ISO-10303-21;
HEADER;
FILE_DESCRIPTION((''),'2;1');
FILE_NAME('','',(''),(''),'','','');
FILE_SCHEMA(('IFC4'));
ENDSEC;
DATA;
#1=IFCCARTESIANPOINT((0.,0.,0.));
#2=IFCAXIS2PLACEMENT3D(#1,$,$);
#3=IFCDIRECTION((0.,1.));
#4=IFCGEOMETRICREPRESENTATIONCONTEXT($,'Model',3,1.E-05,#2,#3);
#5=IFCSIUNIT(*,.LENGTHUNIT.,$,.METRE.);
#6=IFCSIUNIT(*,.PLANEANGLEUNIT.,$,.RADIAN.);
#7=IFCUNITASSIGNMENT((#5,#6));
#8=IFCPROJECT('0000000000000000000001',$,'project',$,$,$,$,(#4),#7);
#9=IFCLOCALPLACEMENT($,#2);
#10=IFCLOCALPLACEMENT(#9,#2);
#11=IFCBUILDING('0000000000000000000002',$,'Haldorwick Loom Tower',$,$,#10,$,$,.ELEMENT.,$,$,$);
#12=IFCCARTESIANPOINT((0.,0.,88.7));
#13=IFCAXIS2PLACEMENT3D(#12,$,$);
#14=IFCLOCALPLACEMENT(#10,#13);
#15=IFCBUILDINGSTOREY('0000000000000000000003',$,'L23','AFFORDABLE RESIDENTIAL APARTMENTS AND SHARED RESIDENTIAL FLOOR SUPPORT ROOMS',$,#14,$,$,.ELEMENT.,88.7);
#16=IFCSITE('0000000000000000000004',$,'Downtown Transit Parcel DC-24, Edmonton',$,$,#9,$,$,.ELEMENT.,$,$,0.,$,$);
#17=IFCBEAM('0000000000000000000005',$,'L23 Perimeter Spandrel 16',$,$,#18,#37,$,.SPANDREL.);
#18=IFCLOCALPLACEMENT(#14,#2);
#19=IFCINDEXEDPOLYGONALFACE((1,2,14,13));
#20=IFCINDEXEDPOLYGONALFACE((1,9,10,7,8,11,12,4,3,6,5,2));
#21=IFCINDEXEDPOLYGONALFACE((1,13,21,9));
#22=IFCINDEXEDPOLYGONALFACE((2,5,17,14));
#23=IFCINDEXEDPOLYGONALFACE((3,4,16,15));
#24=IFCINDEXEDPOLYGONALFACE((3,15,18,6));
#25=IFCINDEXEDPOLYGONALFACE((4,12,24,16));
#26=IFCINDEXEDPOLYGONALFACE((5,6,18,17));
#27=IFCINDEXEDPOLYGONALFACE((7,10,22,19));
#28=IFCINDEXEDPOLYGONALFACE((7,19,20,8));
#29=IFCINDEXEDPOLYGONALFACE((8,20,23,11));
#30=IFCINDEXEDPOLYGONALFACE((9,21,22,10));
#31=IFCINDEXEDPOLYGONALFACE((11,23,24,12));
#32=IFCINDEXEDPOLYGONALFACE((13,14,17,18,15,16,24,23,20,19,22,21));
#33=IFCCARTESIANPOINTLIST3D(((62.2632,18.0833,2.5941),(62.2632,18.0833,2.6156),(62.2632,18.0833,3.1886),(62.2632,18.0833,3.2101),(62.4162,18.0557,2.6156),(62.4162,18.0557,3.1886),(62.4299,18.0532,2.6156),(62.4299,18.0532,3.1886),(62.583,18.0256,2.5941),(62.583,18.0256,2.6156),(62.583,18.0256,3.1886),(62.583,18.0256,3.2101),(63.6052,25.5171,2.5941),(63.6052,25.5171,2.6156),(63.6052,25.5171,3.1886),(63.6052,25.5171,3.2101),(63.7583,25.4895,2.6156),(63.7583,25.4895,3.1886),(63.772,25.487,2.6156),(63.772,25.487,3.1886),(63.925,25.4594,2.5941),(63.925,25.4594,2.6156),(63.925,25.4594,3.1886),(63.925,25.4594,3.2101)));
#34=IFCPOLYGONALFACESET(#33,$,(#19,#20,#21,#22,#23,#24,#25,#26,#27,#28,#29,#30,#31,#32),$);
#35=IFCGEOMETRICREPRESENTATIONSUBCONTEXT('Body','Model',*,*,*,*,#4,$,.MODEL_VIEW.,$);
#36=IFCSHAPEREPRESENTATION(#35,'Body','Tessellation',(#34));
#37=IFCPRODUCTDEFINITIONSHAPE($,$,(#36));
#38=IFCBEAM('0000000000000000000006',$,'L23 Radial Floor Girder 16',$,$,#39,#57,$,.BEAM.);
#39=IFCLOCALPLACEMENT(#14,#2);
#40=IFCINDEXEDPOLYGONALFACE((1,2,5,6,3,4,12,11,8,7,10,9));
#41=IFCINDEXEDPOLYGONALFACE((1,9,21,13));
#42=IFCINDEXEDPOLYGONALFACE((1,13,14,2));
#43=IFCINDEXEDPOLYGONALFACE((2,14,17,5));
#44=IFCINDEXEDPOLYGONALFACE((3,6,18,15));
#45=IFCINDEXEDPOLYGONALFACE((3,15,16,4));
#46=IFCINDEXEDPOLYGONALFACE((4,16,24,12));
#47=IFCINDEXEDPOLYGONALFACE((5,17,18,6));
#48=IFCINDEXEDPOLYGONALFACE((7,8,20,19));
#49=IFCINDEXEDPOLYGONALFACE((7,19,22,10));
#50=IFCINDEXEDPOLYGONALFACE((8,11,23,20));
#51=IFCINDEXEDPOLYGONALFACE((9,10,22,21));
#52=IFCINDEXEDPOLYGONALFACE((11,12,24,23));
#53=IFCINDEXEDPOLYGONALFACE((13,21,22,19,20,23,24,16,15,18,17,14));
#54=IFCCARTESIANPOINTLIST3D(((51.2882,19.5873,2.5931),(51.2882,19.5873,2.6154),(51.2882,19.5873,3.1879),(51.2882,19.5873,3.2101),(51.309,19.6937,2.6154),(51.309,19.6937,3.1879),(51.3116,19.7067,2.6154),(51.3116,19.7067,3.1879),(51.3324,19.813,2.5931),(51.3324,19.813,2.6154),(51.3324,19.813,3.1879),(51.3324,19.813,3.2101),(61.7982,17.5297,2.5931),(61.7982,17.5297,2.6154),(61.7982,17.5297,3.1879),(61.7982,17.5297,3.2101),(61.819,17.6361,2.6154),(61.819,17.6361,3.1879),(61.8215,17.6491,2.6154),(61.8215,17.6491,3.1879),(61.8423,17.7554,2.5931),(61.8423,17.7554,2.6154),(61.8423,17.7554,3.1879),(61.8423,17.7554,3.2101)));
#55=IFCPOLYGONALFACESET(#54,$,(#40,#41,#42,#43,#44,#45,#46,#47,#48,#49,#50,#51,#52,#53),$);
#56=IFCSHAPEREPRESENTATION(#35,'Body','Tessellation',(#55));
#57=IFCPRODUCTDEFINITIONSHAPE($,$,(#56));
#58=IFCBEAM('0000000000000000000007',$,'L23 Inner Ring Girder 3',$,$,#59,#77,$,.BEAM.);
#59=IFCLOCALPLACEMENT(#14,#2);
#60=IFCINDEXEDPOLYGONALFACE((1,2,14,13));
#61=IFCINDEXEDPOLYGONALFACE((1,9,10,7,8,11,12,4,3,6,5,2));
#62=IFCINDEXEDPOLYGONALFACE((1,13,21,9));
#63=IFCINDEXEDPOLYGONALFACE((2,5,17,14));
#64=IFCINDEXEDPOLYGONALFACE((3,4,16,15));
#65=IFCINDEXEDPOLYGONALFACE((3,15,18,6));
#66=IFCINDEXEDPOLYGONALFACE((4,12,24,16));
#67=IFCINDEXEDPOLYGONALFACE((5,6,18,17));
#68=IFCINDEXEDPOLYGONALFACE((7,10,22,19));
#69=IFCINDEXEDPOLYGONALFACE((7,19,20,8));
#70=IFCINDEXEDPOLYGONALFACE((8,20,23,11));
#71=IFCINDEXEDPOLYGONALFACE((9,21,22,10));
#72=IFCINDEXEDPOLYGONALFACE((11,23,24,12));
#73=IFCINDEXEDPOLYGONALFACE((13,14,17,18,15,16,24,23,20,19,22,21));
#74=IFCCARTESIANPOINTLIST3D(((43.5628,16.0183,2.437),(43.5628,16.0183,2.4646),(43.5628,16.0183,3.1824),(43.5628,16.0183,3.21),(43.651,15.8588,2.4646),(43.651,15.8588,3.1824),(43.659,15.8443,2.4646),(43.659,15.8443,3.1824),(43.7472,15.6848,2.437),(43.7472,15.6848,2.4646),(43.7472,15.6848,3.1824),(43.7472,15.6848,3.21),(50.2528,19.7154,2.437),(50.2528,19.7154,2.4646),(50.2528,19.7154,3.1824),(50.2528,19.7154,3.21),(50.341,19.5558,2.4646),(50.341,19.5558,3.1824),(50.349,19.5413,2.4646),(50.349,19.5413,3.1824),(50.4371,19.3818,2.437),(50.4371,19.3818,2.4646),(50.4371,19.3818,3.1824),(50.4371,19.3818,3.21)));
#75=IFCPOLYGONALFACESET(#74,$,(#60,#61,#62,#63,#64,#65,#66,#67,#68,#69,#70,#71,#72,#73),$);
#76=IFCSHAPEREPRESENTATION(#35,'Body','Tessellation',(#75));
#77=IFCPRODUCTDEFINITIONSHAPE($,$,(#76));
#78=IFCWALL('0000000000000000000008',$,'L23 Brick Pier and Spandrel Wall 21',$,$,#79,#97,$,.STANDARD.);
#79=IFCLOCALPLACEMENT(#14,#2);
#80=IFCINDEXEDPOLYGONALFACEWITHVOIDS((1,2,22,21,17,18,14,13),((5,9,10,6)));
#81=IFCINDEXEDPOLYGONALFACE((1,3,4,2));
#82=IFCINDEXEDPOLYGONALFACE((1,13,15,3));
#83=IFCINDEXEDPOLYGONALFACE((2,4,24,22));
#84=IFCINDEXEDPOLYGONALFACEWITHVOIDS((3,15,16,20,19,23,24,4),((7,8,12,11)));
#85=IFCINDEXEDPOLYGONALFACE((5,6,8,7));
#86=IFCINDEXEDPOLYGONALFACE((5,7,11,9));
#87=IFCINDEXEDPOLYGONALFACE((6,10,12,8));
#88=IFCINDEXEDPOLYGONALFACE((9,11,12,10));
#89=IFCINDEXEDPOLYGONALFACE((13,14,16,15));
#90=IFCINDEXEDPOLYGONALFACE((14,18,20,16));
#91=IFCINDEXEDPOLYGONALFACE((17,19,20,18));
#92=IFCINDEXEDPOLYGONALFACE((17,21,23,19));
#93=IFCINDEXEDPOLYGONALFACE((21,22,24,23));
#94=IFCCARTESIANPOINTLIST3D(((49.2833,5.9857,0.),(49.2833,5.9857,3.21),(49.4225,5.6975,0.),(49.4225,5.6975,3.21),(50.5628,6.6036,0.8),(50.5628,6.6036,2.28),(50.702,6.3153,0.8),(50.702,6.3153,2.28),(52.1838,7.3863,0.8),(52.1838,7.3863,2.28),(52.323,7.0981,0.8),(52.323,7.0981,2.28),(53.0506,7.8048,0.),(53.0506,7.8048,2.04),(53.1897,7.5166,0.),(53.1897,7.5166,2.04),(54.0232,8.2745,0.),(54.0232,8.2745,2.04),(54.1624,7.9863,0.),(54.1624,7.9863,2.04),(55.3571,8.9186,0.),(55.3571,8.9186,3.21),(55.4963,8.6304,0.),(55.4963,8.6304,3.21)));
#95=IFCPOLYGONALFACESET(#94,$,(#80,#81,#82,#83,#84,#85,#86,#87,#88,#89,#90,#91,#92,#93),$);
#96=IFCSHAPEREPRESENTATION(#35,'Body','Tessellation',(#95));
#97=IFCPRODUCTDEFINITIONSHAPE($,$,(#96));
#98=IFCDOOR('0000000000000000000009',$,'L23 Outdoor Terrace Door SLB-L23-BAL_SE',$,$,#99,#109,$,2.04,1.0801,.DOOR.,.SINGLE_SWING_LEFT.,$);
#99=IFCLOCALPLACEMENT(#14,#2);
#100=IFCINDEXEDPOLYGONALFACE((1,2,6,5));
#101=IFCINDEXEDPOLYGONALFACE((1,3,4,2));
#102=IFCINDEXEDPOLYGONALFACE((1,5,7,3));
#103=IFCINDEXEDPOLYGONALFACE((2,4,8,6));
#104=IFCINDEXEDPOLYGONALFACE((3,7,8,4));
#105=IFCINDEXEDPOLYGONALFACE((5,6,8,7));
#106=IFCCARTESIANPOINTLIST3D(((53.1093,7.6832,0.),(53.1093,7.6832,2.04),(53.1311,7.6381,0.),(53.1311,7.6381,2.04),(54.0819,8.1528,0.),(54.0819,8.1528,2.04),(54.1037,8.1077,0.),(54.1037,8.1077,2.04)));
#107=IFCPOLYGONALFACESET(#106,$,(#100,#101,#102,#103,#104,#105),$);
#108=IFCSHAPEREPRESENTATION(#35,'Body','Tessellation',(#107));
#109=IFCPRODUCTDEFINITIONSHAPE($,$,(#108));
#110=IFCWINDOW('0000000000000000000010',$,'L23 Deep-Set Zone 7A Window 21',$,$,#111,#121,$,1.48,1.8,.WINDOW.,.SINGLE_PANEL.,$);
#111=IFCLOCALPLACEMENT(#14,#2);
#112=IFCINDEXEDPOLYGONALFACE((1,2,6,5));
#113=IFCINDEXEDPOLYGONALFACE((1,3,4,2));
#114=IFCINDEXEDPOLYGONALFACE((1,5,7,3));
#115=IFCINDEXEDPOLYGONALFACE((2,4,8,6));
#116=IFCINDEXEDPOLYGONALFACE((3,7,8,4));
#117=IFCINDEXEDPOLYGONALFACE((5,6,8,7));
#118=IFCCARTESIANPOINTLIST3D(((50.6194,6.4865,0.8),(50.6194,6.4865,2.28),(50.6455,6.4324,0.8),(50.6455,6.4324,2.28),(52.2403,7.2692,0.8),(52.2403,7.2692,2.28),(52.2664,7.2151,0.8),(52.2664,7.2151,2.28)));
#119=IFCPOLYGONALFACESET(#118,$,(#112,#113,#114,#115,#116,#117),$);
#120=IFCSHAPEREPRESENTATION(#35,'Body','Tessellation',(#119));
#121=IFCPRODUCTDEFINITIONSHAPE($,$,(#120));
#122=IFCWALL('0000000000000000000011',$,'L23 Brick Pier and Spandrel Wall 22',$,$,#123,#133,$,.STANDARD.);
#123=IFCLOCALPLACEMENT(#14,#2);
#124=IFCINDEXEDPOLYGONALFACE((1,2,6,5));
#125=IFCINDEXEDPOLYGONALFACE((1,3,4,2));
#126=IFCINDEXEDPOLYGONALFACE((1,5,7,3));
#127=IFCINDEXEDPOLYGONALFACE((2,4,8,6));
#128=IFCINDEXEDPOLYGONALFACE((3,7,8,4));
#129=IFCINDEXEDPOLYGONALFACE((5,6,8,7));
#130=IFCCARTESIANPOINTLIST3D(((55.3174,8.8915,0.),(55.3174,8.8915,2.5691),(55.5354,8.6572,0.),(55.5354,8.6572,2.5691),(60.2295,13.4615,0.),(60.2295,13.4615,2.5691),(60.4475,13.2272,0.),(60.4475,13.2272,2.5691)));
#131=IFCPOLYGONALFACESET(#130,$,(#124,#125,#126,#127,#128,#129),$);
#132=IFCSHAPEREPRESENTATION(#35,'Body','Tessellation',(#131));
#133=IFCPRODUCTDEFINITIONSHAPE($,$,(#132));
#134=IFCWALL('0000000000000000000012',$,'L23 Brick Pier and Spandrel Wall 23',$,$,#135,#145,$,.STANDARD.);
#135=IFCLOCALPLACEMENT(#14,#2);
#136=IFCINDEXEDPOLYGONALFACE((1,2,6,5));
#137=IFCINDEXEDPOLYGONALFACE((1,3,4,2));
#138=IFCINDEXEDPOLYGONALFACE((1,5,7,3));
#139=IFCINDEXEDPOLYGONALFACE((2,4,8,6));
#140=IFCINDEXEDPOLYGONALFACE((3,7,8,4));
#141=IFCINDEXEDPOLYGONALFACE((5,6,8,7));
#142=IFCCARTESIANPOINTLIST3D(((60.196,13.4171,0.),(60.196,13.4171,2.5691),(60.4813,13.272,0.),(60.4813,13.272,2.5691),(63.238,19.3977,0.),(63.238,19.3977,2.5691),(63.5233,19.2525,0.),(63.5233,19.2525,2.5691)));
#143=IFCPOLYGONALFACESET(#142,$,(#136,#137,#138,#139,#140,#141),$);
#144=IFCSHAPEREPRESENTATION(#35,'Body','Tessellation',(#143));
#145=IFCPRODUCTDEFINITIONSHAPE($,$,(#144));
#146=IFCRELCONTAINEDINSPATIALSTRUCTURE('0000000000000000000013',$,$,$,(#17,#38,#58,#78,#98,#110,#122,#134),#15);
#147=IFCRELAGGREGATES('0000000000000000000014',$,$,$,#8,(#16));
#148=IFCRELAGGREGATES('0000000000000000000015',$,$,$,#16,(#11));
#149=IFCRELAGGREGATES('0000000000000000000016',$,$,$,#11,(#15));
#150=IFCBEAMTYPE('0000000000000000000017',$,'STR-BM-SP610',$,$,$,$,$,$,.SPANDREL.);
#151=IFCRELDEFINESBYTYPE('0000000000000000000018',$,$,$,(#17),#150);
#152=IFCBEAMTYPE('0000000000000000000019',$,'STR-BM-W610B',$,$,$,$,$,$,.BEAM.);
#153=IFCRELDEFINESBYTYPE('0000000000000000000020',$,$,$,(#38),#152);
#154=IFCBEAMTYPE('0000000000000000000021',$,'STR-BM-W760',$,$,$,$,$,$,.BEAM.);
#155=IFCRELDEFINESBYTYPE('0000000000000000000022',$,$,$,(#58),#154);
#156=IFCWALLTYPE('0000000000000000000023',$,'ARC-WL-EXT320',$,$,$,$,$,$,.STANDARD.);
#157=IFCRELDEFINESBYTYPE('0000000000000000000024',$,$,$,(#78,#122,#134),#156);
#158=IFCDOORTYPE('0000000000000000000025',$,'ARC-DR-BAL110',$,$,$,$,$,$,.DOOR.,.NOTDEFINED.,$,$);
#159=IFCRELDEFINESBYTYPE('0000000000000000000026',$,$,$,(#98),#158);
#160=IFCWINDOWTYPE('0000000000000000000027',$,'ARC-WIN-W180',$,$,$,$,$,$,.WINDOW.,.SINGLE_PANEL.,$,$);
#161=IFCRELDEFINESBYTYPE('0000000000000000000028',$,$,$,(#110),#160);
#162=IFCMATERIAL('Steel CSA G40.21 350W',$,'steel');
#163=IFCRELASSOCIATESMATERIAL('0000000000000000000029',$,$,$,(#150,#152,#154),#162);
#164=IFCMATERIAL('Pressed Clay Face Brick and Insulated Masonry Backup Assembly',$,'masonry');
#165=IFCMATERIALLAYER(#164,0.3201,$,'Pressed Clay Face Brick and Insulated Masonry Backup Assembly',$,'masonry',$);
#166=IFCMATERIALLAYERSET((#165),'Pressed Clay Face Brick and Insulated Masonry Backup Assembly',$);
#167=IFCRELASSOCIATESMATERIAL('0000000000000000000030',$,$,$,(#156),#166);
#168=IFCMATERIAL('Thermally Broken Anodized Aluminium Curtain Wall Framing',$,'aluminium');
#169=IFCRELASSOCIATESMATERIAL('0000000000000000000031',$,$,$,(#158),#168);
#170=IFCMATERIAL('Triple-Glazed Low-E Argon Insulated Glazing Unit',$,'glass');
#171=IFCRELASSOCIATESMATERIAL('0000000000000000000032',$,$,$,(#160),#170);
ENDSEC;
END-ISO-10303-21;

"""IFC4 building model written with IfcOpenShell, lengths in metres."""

from ifc_helpers import new_model, si_unit, direction, frame, frame_2d, origin, origin_2d, place, context, subcontext, project, spatial, rectangle, i_section, extrude, material, layer, layer_set, material_profile, profile_set, type_object, element, fill, save


model = new_model("IFC4")

# Units and contexts
model_context = context("Model", 3, precision=1e-05, world=origin(), true_north=direction((0.0, 1.0)))
body_context = subcontext(model_context, "Body", "Model", "MODEL_VIEW")
ifc_project = project(units=[si_unit("LENGTHUNIT", "METRE"), si_unit("PLANEANGLEUNIT", "RADIAN")], contexts=[model_context])

# Site, building, storey
site_placement = place(None, origin())
site = spatial("IfcSite", under=ifc_project, at=site_placement, Name="Downtown Transit Parcel DC-24, Edmonton", CompositionType="ELEMENT", RefElevation=0.0)
building_placement = place(site_placement, origin())
building = spatial("IfcBuilding", under=site, at=building_placement, Name="Haldorwick Loom Tower", CompositionType="ELEMENT")
storey_placement = place(building_placement, frame((0.0, 0.0, 88.7)))
storey = spatial("IfcBuildingStorey", under=building, at=storey_placement, Name="L23", Description="AFFORDABLE RESIDENTIAL APARTMENTS AND SHARED RESIDENTIAL FLOOR SUPPORT ROOMS", CompositionType="ELEMENT", Elevation=88.7)

# Beams
ifc_material_1 = material(Name="Steel CSA G40.21 350W", Category="steel")
ifc_material_profile_1 = material_profile(ifc_material_1, i_section(OverallWidth=0.325, OverallDepth=0.616, WebThickness=0.0139, FlangeThickness=0.0215, at=origin_2d()), Name="W610X174", Category="steel")
ifc_profile_set_1 = profile_set([ifc_material_profile_1], Name="Steel CSA G40.21 350W")
beam_type_1 = type_object("IfcBeamType", Name="STR-BM-SP610", PredefinedType="SPANDREL", material=ifc_profile_set_1)
beam_1_placement = place(storey_placement, frame((62.4231, 18.0544, 2.9021), z_axis=(0.177659, 0.984092, 0.0), x_axis=(-0.984092, 0.177659, 0.0)))
element("IfcBeam", 1, at=beam_1_placement, inside=storey, type_object=beam_type_1, Name="L23 Perimeter Spandrel 16", PredefinedType="SPANDREL", context=body_context, shape_type="SweptSolid", body=[
    extrude(i_section(OverallWidth=0.325, OverallDepth=0.616, WebThickness=0.0139, FlangeThickness=0.0215, at=origin_2d()), origin(), (0.0, 0.0, 1.0), 7.554),
])
ifc_material_profile_2 = material_profile(ifc_material_1, i_section(OverallWidth=0.23, OverallDepth=0.6169, WebThickness=0.0132, FlangeThickness=0.0222, at=origin_2d()), Name="W610X140", Category="steel")
ifc_profile_set_2 = profile_set([ifc_material_profile_2], Name="Steel CSA G40.21 350W")
beam_type_2 = type_object("IfcBeamType", Name="STR-BM-W610B", PredefinedType="BEAM", material=ifc_profile_set_2)
beam_2_placement = place(storey_placement, frame((51.3103, 19.7002, 2.9016), z_axis=(0.98137, -0.192129, 0.0), x_axis=(0.192129, 0.98137, 0.0)))
element("IfcBeam", 2, at=beam_2_placement, inside=storey, type_object=beam_type_2, Name="L23 Radial Floor Girder 16", PredefinedType="BEAM", context=body_context, shape_type="SweptSolid", body=[
    extrude(i_section(OverallWidth=0.23, OverallDepth=0.6169, WebThickness=0.0132, FlangeThickness=0.0222, at=origin_2d()), origin(), (0.0, 0.0, 1.0), 10.7095),
])
ifc_material_profile_3 = material_profile(ifc_material_1, i_section(OverallWidth=0.3811, OverallDepth=0.7729, WebThickness=0.0166, FlangeThickness=0.0276, at=origin_2d()), Name="W760X257", Category="steel")
ifc_profile_set_3 = profile_set([ifc_material_profile_3], Name="Steel CSA G40.21 350W")
beam_type_3 = type_object("IfcBeamType", Name="STR-BM-W760", PredefinedType="BEAM", material=ifc_profile_set_3)
beam_3_placement = place(storey_placement, frame((50.345, 19.5486, 2.8235), z_axis=(-0.875244, -0.483681, 0.0), x_axis=(0.483681, -0.875244, 0.0)))
element("IfcBeam", 3, at=beam_3_placement, inside=storey, type_object=beam_type_3, Name="L23 Inner Ring Girder 3", PredefinedType="BEAM", context=body_context, shape_type="SweptSolid", body=[
    extrude(i_section(OverallWidth=0.3811, OverallDepth=0.7729, WebThickness=0.0166, FlangeThickness=0.0276, at=origin_2d()), origin(), (0.0, 0.0, 1.0), 7.6436),
])

# Wall, openings, door, window
ifc_material_2 = material(Name="Pressed Clay Face Brick and Insulated Masonry Backup Assembly", Category="masonry")
ifc_layer_1 = layer(ifc_material_2, 0.3201, Name="Pressed Clay Face Brick and Insulated Masonry Backup Assembly", Category="masonry")
ifc_layer_set_1 = layer_set([ifc_layer_1], Name="Pressed Clay Face Brick and Insulated Masonry Backup Assembly")
wall_type_1 = type_object("IfcWallType", Name="ARC-WL-EXT320", PredefinedType="STANDARD", material=ifc_layer_set_1)
wall_1_placement = place(storey_placement, frame((49.3528, 5.8416, 0.0), z_axis=(0.0, 0.0, 1.0), x_axis=(0.90051, 0.434835, 0.0)))
wall_1 = element("IfcWall", 4, at=wall_1_placement, inside=storey, type_object=wall_type_1, Name="L23 Brick Pier and Spandrel Wall 21", PredefinedType="STANDARD", context=body_context, shape_type="SweptSolid", body=[
    extrude(rectangle(XDim=6.7449, YDim=0.3201, at=frame_2d((3.3726, 0.0))), origin(), (0.0, 0.0, 1.0), 3.21),
])
opening_1_placement = place(wall_1_placement, frame((4.1836, 0.0, 0.0)))
opening_1 = element("IfcOpeningElement", 5, at=opening_1_placement, cuts=wall_1, PredefinedType="OPENING", context=body_context, shape_type="SweptSolid", body=[
    extrude(rectangle(XDim=1.0801, YDim=2.04, at=frame_2d((0.54, 1.02))), frame((0.0, 0.1699, 0.0), z_axis=(0.0, -1.0, 0.0), x_axis=(1.0, 0.0, 0.0)), (0.0, 0.0, 1.0), 0.3401),
])
opening_2_placement = place(wall_1_placement, frame((1.4211, 0.0, 0.8)))
opening_2 = element("IfcOpeningElement", 6, at=opening_2_placement, cuts=wall_1, PredefinedType="OPENING", context=body_context, shape_type="SweptSolid", body=[
    extrude(rectangle(XDim=1.8, YDim=1.48, at=frame_2d((0.8999, 0.74))), frame((0.0, 0.1699, 0.0), z_axis=(0.0, -1.0, 0.0), x_axis=(1.0, 0.0, 0.0)), (0.0, 0.0, 1.0), 0.3401),
])
ifc_material_3 = material(Name="Thermally Broken Anodized Aluminium Curtain Wall Framing", Category="aluminium")
door_type_1 = type_object("IfcDoorType", Name="ARC-DR-BAL110", OperationType="NOTDEFINED", PredefinedType="DOOR", material=ifc_material_3)
door_1_placement = place(opening_1_placement, origin())
door_1 = element("IfcDoor", 7, at=door_1_placement, inside=storey, type_object=door_type_1, Name="L23 Outdoor Terrace Door SLB-L23-BAL_SE", OperationType="SINGLE_SWING_LEFT", OverallHeight=2.04, OverallWidth=1.0801, PredefinedType="DOOR", context=body_context, shape_type="SweptSolid", body=[
    extrude(rectangle(XDim=1.0801, YDim=2.04, at=frame_2d((0.54, 1.02))), frame((0.0, 0.0249, 0.0), z_axis=(0.0, -1.0, 0.0), x_axis=(1.0, 0.0, 0.0)), (0.0, 0.0, 1.0), 0.05),
])
fill(opening_1, door_1)
ifc_material_4 = material(Name="Triple-Glazed Low-E Argon Insulated Glazing Unit", Category="glass")
window_type = type_object("IfcWindowType", Name="ARC-WIN-W180", PartitioningType="SINGLE_PANEL", PredefinedType="WINDOW", material=ifc_material_4)
window_1_placement = place(opening_2_placement, origin())
window_1 = element("IfcWindow", 8, at=window_1_placement, inside=storey, type_object=window_type, Name="L23 Deep-Set Zone 7A Window 21", OverallHeight=1.48, OverallWidth=1.8, PartitioningType="SINGLE_PANEL", PredefinedType="WINDOW", context=body_context, shape_type="SweptSolid", body=[
    extrude(rectangle(XDim=1.8, YDim=1.48, at=frame_2d((0.8999, 0.74))), frame((0.0, 0.03, 0.0), z_axis=(0.0, -1.0, 0.0), x_axis=(1.0, 0.0, 0.0)), (0.0, 0.0, 1.0), 0.0601),
])
fill(opening_2, window_1)

# Walls
wall_2_placement = place(storey_placement, frame((55.4265, 8.7744, 0.0), z_axis=(0.0, 0.0, 1.0), x_axis=(0.732137, 0.681157, 0.0)))
element("IfcWall", 9, at=wall_2_placement, inside=storey, type_object=wall_type_1, Name="L23 Brick Pier and Spandrel Wall 22", PredefinedType="STANDARD", context=body_context, shape_type="SweptSolid", body=[
    extrude(rectangle(XDim=6.7092, YDim=0.3201, at=frame_2d((3.3545, 0.0))), origin(), (0.0, 0.0, 1.0), 2.5691),
])
wall_3_placement = place(storey_placement, frame((60.3386, 13.3445, 0.0), z_axis=(0.0, 0.0, 1.0), x_axis=(0.453374, 0.89132, 0.0)))
element("IfcWall", 10, at=wall_3_placement, inside=storey, type_object=wall_type_1, Name="L23 Brick Pier and Spandrel Wall 23", PredefinedType="STANDARD", context=body_context, shape_type="SweptSolid", body=[
    extrude(rectangle(XDim=6.7097, YDim=0.3201, at=frame_2d((3.355, 0.0))), origin(), (0.0, 0.0, 1.0), 2.5691),
])

save(model, "model.ifc")
